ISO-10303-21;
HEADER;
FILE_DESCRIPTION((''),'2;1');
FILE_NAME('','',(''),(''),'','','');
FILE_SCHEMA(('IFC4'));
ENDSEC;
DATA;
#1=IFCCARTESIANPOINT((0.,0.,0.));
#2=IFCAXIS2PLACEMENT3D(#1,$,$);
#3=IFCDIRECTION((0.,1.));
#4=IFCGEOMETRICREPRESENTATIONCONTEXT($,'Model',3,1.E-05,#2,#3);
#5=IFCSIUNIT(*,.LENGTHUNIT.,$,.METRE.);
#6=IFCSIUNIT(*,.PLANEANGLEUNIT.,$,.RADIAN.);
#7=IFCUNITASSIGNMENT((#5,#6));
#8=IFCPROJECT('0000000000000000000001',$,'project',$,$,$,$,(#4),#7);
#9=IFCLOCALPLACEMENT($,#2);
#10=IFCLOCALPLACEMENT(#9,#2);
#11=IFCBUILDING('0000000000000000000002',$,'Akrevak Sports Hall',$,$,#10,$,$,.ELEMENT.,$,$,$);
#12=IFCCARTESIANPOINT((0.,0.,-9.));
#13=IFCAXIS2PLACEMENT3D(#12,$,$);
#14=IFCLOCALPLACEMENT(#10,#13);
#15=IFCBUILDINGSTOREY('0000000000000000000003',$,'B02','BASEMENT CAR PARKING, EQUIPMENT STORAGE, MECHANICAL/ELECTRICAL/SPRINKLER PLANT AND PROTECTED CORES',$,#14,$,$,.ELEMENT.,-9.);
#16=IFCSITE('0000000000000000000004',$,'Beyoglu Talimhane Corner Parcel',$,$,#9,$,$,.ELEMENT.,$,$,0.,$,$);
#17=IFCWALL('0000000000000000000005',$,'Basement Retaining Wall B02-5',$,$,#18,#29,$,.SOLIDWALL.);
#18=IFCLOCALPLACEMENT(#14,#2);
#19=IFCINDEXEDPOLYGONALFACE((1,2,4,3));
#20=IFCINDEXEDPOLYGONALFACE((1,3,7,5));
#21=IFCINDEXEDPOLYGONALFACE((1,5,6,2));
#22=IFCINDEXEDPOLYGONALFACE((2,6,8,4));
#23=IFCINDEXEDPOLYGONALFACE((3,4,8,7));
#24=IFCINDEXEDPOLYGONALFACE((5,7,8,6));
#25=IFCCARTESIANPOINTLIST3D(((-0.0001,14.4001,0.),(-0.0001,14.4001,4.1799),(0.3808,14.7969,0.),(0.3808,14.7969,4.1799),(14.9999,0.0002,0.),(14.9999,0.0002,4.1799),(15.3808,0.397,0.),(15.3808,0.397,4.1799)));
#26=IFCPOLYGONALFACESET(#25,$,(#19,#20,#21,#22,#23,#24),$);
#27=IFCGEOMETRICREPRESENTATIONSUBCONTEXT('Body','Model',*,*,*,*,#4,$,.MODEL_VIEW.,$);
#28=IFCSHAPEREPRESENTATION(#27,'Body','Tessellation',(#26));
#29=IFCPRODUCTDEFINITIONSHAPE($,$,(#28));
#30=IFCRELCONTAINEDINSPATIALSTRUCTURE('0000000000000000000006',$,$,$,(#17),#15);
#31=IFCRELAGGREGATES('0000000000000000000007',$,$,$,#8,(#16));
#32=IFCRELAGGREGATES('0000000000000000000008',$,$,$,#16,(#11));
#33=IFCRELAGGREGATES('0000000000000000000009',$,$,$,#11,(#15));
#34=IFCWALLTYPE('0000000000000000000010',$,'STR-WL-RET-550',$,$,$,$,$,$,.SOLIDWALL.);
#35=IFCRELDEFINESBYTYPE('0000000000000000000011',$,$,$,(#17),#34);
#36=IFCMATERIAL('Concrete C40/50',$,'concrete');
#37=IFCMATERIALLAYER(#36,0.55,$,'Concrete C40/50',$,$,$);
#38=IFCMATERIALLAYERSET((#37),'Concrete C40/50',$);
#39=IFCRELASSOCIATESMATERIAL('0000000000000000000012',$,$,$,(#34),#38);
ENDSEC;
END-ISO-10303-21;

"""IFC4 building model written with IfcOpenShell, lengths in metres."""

from ifc_helpers import new_model, si_unit, direction, frame, frame_2d, origin, place, context, subcontext, project, spatial, rectangle, extrude, material, layer, layer_set, type_object, element, save


model = new_model("IFC4")

# Units and contexts
model_context = context("Model", 3, precision=1e-05, world=origin(), true_north=direction((0.0, 1.0)))
body_context = subcontext(model_context, "Body", "Model", "MODEL_VIEW")
ifc_project = project(units=[si_unit("LENGTHUNIT", "METRE"), si_unit("PLANEANGLEUNIT", "RADIAN")], contexts=[model_context])

# Site, building, storey
site_placement = place(None, origin())
site = spatial("IfcSite", under=ifc_project, at=site_placement, Name="Beyoglu Talimhane Corner Parcel", CompositionType="ELEMENT", RefElevation=0.0)
building_placement = place(site_placement, origin())
building = spatial("IfcBuilding", under=site, at=building_placement, Name="Akrevak Sports Hall", CompositionType="ELEMENT")
storey_placement = place(building_placement, frame((0.0, 0.0, -9.0)))
storey = spatial("IfcBuildingStorey", under=building, at=storey_placement, Name="B02", Description="BASEMENT CAR PARKING, EQUIPMENT STORAGE, MECHANICAL/ELECTRICAL/SPRINKLER PLANT AND PROTECTED CORES", CompositionType="ELEMENT", Elevation=-9.0)

# Shared definitions
ifc_material_1 = material(Name="Concrete C40/50", Category="concrete")

# Wall
ifc_layer_1 = layer(ifc_material_1, 0.55, Name="Concrete C40/50")
ifc_layer_set_1 = layer_set([ifc_layer_1], Name="Concrete C40/50")
wall_type = type_object("IfcWallType", Name="STR-WL-RET-550", PredefinedType="SOLIDWALL", material=ifc_layer_set_1)
wall_1_placement = place(storey_placement, frame((0.1904, 14.5984, 0.0), z_axis=(0.0, 0.0, 1.0), x_axis=(0.72139, -0.692529, 0.0)))
element("IfcWall", 1, at=wall_1_placement, inside=storey, type_object=wall_type, Name="Basement Retaining Wall B02-5", PredefinedType="SOLIDWALL", context=body_context, shape_type="SweptSolid", body=[
    extrude(rectangle(XDim=20.7932, YDim=0.55, at=frame_2d((10.3965, 0.0))), origin(), (0.0, 0.0, 1.0), 4.1799),
])

save(model, "model.ifc")
